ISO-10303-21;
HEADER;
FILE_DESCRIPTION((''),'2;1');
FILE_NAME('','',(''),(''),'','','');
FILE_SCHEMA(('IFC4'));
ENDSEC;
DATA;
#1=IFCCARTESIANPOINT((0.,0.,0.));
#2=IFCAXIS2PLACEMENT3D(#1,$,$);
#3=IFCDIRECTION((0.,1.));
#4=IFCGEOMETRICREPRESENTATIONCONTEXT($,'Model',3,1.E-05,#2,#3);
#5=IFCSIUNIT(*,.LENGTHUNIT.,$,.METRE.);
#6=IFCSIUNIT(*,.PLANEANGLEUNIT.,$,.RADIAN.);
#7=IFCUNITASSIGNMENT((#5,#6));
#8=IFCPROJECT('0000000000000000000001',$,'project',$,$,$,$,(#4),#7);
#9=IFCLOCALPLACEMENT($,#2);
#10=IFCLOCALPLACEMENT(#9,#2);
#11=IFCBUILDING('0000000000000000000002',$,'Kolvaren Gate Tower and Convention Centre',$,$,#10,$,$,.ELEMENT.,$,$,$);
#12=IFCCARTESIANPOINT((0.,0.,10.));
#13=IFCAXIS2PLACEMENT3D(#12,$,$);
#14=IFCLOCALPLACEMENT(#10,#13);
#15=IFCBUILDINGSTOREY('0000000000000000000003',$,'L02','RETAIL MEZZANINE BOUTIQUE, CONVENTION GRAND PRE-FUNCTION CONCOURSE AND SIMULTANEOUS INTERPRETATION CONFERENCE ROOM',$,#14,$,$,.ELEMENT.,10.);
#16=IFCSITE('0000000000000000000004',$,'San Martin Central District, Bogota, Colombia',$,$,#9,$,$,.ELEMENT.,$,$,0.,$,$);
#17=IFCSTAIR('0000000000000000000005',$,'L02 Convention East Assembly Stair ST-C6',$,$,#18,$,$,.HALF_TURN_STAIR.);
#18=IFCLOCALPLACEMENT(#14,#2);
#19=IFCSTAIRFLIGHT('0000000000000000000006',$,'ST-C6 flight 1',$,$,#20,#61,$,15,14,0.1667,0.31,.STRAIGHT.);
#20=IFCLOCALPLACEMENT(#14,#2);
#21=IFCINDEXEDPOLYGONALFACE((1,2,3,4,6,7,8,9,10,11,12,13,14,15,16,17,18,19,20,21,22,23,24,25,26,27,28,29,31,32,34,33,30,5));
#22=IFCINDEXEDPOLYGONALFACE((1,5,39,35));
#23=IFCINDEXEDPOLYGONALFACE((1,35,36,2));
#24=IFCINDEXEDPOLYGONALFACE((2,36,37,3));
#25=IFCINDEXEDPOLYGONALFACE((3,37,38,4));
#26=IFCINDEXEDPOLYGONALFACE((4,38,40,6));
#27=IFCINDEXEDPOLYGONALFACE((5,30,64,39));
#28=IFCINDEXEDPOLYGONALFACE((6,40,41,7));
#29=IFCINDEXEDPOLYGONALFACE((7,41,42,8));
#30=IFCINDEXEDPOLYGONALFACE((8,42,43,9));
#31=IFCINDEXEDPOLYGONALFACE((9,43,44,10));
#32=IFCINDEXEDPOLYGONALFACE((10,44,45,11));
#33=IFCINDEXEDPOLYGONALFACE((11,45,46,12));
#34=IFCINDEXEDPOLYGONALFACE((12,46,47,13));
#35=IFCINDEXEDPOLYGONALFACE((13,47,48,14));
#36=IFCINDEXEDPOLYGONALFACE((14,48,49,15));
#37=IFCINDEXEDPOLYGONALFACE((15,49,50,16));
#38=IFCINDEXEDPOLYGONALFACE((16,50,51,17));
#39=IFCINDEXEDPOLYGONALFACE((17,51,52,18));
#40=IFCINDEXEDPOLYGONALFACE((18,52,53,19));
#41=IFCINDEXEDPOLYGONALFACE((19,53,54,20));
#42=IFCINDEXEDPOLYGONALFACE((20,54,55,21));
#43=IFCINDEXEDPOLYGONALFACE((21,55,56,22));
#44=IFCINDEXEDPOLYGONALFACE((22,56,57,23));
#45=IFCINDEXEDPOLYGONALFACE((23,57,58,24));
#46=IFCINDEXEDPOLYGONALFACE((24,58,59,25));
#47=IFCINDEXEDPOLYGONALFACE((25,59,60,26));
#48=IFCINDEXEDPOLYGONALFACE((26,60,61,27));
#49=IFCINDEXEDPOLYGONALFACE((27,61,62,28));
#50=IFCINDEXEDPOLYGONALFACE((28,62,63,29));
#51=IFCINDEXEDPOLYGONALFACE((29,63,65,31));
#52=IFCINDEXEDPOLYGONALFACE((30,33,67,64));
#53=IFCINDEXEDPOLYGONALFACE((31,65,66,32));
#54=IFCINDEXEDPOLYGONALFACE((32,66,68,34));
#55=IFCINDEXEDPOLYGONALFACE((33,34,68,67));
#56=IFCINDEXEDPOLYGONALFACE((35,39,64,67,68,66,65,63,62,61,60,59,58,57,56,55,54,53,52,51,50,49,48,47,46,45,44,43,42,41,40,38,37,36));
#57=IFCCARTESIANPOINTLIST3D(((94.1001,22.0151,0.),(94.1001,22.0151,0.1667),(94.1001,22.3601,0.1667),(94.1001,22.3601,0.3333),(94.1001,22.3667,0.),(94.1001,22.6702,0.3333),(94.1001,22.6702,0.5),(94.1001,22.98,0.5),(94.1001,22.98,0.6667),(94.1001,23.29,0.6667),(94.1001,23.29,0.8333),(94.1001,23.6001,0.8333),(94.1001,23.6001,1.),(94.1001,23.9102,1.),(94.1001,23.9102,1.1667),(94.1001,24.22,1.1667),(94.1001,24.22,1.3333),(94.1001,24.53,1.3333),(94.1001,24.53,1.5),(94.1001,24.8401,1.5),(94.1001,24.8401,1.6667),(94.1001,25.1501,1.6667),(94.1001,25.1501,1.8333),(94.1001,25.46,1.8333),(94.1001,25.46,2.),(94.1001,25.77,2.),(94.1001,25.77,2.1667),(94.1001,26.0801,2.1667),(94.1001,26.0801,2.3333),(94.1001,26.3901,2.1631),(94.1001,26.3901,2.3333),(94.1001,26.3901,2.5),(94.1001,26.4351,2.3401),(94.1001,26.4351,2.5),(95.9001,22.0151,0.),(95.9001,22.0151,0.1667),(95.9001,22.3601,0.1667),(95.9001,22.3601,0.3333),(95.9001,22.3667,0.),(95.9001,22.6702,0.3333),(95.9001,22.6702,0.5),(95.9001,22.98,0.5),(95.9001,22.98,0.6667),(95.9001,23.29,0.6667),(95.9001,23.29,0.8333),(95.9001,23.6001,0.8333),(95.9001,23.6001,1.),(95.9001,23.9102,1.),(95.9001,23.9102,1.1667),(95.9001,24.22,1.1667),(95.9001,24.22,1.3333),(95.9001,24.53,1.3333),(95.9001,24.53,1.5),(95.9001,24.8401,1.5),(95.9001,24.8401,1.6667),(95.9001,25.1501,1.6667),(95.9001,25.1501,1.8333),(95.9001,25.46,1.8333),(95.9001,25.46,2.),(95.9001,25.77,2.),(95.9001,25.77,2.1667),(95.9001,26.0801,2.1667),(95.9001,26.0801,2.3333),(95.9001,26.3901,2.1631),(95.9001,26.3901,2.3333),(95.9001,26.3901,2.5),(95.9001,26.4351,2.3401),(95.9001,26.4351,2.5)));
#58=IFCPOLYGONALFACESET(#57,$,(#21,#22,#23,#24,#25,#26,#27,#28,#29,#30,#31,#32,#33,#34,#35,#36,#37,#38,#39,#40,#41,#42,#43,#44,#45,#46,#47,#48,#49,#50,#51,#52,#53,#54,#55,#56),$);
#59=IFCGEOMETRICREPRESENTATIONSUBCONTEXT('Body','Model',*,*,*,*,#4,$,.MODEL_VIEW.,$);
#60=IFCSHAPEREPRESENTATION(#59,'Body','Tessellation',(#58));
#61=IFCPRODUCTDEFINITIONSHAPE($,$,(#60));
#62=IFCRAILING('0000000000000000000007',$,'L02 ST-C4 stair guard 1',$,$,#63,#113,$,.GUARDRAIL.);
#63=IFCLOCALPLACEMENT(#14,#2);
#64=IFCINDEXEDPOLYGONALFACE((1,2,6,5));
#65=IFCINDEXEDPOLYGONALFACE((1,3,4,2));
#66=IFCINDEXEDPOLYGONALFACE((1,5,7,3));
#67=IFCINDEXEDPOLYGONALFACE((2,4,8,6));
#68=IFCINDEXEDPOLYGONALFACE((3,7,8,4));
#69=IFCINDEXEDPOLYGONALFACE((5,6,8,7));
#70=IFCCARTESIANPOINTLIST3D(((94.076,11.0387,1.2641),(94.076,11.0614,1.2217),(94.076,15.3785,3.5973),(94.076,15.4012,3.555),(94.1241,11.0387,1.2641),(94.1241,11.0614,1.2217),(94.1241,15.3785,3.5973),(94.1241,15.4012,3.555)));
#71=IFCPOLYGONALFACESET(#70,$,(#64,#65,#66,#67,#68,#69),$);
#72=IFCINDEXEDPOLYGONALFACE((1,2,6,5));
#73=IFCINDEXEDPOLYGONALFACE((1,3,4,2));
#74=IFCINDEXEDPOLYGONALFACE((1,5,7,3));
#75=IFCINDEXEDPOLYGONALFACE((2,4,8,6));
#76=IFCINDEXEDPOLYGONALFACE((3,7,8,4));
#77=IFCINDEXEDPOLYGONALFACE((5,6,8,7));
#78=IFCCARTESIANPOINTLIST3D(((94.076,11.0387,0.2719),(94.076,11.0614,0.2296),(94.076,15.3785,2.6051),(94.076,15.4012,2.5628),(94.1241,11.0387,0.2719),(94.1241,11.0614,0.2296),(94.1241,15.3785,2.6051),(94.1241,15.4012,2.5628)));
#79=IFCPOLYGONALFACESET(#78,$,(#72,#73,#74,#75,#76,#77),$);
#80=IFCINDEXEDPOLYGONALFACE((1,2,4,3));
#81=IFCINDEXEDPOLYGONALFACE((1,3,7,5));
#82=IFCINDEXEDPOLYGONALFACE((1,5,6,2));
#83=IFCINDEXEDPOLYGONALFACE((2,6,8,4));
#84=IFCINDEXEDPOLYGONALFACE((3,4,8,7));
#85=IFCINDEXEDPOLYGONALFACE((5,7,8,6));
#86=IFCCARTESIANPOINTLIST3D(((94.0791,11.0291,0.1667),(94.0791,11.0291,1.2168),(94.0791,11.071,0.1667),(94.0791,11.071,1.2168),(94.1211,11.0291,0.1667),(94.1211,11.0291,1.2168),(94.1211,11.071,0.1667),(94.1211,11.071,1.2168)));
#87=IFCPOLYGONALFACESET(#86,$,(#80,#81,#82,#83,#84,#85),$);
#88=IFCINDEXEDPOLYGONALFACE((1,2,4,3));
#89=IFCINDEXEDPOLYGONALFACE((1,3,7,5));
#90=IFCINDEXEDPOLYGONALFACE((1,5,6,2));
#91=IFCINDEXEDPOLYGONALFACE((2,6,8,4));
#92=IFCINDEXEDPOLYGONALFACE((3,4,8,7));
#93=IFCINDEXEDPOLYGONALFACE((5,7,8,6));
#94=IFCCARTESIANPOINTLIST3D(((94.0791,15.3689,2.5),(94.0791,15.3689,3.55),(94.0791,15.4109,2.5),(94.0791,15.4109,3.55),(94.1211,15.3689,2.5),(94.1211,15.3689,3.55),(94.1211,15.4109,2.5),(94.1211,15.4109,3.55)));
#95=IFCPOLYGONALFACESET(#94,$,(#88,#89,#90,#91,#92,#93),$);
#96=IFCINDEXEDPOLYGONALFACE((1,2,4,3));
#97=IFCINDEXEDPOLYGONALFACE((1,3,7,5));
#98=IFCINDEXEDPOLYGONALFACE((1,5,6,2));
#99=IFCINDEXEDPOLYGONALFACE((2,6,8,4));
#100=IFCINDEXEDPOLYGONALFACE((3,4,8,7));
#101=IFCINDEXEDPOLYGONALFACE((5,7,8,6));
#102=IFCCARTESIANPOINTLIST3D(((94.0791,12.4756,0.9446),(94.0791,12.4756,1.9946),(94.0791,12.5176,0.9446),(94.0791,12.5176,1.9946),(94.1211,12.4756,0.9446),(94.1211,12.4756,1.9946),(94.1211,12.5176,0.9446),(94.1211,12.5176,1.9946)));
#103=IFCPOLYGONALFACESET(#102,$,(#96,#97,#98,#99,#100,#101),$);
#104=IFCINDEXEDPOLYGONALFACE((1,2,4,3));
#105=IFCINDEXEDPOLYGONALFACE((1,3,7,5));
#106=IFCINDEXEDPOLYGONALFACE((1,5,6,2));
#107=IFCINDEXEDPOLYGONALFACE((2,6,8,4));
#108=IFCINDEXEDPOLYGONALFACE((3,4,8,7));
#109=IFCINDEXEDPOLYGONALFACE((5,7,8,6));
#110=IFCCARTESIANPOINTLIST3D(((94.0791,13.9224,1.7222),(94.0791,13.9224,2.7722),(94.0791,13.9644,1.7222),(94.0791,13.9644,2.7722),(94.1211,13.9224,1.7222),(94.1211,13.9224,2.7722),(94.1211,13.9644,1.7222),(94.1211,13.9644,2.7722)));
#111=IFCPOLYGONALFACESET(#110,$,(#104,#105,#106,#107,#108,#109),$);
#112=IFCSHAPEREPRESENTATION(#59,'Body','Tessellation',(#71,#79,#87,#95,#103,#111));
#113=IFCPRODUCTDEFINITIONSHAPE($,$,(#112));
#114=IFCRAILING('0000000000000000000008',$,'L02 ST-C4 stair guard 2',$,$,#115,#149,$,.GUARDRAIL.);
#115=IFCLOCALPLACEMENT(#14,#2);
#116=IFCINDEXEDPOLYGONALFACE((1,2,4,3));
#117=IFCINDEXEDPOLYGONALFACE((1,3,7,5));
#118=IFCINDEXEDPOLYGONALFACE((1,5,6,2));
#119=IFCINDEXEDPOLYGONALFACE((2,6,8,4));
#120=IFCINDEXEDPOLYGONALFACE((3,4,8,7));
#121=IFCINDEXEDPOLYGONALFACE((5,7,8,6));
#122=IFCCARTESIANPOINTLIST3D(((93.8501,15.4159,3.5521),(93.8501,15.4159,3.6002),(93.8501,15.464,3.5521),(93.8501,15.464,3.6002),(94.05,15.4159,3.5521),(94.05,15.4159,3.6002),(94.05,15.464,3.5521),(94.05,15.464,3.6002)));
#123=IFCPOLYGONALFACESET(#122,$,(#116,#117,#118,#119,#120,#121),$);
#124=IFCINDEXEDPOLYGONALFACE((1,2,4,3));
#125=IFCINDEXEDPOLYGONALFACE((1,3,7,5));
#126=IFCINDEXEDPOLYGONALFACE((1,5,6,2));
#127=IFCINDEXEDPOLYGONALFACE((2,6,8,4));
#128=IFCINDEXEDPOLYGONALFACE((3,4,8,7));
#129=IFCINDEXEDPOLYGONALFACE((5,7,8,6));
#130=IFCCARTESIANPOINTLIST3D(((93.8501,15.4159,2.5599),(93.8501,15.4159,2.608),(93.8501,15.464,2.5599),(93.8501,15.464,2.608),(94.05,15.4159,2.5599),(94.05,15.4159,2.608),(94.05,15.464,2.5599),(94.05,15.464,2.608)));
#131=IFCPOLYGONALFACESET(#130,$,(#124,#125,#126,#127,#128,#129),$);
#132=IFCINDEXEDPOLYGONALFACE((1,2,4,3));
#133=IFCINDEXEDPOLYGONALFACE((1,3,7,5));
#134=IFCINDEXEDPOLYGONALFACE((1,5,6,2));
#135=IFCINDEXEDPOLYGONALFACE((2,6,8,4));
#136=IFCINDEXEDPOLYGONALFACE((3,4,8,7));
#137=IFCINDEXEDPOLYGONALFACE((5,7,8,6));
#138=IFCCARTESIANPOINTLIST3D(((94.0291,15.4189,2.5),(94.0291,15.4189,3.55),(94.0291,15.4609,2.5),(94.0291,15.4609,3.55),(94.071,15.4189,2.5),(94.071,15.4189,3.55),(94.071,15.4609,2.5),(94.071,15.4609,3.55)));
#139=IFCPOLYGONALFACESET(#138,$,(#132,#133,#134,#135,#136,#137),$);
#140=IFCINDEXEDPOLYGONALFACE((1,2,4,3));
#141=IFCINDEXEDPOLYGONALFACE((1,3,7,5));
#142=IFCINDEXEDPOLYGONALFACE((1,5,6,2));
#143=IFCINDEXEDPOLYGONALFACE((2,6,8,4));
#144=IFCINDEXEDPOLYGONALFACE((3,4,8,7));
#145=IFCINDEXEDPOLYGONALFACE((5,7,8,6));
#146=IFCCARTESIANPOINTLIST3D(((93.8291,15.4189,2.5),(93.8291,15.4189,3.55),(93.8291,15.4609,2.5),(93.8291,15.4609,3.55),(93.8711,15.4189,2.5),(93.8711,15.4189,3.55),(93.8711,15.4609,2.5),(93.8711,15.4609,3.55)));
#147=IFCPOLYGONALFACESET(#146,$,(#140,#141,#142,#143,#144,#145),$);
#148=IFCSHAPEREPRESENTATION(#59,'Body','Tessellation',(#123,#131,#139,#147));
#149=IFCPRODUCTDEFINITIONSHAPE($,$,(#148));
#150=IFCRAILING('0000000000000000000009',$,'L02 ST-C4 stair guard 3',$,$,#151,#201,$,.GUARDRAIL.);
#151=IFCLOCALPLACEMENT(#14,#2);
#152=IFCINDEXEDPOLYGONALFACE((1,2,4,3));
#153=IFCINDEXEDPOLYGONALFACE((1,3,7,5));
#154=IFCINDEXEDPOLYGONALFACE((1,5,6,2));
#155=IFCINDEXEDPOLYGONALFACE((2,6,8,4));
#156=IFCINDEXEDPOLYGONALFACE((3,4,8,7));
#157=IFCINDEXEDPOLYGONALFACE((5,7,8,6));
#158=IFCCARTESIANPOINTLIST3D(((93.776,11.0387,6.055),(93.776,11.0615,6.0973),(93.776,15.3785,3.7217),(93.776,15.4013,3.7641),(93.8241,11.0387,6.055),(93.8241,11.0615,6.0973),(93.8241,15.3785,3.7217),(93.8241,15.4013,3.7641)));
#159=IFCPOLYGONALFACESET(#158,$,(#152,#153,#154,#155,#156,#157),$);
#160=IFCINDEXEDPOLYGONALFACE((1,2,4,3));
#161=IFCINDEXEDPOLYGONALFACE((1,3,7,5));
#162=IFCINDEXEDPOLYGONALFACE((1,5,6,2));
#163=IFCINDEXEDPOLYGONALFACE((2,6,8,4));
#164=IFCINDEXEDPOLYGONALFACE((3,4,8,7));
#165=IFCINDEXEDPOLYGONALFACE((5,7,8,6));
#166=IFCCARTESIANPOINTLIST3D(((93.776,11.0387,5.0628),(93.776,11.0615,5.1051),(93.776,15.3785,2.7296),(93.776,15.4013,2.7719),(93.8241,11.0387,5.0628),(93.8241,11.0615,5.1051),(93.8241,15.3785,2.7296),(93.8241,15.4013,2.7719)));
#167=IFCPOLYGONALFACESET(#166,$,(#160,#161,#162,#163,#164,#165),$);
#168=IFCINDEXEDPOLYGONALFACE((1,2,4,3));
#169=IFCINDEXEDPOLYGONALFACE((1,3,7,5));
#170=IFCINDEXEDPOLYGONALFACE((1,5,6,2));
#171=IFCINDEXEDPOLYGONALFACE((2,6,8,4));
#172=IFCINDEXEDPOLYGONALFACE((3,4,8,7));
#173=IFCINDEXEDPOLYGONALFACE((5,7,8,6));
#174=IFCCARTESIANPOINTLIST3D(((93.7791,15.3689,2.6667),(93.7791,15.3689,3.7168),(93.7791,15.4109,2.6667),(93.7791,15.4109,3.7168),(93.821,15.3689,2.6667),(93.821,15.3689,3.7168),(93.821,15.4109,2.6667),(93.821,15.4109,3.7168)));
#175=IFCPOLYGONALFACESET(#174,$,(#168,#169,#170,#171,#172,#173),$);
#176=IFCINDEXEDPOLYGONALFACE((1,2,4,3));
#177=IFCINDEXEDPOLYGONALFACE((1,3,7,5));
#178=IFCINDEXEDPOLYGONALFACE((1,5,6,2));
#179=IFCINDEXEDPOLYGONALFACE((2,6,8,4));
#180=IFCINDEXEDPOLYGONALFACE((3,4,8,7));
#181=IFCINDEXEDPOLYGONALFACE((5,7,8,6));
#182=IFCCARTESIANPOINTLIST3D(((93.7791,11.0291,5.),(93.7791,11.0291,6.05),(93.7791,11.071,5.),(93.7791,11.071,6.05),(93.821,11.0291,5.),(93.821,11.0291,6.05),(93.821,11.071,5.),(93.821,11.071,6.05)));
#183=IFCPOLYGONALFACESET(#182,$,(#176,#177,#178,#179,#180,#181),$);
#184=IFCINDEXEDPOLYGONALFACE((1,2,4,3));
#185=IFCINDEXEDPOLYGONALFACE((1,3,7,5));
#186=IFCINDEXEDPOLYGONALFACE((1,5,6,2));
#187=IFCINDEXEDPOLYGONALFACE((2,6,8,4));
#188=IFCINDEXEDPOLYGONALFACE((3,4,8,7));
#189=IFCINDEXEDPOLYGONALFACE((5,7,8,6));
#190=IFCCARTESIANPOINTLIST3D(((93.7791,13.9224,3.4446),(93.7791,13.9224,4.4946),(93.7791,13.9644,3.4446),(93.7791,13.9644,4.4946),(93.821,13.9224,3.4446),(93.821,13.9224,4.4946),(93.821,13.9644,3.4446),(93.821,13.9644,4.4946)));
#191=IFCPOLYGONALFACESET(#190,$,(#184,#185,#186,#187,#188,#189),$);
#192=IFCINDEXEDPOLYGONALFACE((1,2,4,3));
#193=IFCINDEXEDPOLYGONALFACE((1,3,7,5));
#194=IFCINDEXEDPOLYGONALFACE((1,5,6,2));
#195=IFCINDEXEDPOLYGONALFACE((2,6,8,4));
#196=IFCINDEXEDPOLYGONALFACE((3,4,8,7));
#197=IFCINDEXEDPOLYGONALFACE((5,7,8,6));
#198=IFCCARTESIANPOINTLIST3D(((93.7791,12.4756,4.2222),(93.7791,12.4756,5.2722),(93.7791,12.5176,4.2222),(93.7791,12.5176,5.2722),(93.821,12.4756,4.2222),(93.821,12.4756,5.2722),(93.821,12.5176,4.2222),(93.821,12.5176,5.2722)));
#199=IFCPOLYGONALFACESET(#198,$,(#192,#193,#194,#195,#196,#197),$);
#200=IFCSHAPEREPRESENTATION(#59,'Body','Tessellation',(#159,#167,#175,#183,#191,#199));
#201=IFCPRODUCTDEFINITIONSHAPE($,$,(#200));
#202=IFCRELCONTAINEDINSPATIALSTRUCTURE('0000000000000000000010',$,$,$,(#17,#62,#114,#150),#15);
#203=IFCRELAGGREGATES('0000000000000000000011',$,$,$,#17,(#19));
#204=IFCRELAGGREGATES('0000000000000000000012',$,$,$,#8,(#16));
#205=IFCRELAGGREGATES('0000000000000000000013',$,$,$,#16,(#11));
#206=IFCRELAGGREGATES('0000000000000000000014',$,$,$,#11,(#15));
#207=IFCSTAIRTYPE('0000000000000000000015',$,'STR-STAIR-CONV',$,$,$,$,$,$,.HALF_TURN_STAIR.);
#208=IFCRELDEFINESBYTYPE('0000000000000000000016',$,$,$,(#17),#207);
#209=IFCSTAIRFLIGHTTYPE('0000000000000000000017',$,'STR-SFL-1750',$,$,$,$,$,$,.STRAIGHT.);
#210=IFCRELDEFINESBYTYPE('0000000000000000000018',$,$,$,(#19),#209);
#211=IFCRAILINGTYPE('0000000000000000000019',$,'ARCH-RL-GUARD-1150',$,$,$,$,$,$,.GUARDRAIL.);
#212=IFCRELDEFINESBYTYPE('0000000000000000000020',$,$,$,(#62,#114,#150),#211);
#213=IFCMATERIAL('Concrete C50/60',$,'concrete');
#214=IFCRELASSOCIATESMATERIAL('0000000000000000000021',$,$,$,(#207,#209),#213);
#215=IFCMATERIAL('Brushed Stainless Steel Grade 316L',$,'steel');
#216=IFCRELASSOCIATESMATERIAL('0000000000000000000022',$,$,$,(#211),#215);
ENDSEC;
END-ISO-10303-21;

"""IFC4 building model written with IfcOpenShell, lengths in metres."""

from ifc_helpers import new_model, si_unit, direction, frame, origin, origin_2d, place, context, subcontext, project, spatial, polyline, rectangle, outline, extrude, material, type_object, element, aggregate, save


model = new_model("IFC4")

# Units and contexts
model_context = context("Model", 3, precision=1e-05, world=origin(), true_north=direction((0.0, 1.0)))
body_context = subcontext(model_context, "Body", "Model", "MODEL_VIEW")
ifc_project = project(units=[si_unit("LENGTHUNIT", "METRE"), si_unit("PLANEANGLEUNIT", "RADIAN")], contexts=[model_context])

# Site, building, storey
site_placement = place(None, origin())
site = spatial("IfcSite", under=ifc_project, at=site_placement, Name="San Martin Central District, Bogota, Colombia", CompositionType="ELEMENT", RefElevation=0.0)
building_placement = place(site_placement, origin())
building = spatial("IfcBuilding", under=site, at=building_placement, Name="Kolvaren Gate Tower and Convention Centre", CompositionType="ELEMENT")
storey_placement = place(building_placement, frame((0.0, 0.0, 10.0)))
storey = spatial("IfcBuildingStorey", under=building, at=storey_placement, Name="L02", Description="RETAIL MEZZANINE BOUTIQUE, CONVENTION GRAND PRE-FUNCTION CONCOURSE AND SIMULTANEOUS INTERPRETATION CONFERENCE ROOM", CompositionType="ELEMENT", Elevation=10.0)

# Shared definitions
ifc_material_1 = material(Name="Concrete C50/60", Category="concrete")

# Shared definitions
stair_type = type_object("IfcStairType", Name="STR-STAIR-CONV", PredefinedType="HALF_TURN_STAIR", material=ifc_material_1)
stair_flight_type = type_object("IfcStairFlightType", Name="STR-SFL-1750", PredefinedType="STRAIGHT", material=ifc_material_1)

# Stair, stair flight
stair_1_placement = place(storey_placement, origin())
stair_1 = element("IfcStair", 1, at=stair_1_placement, inside=storey, type_object=stair_type, Name="L02 Convention East Assembly Stair ST-C6", PredefinedType="HALF_TURN_STAIR")
stair_flight_1_placement = place(storey_placement, frame((95.0, 22.05, 0.0), z_axis=(0.0, 0.0, 1.0), x_axis=(0.0, 1.0, 0.0)))
stair_flight_1 = element("IfcStairFlight", 2, at=stair_flight_1_placement, type_object=stair_flight_type, Name="ST-C6 flight 1", NumberOfRisers=15, NumberOfTreads=14, PredefinedType="STRAIGHT", RiserHeight=0.1667, TreadLength=0.31, context=body_context, shape_type="SweptSolid", body=[
    extrude(outline(polyline([(-0.0349, 0.0), (-0.0349, 0.1667), (0.3101, 0.1667), (0.3101, 0.3333), (0.6201, 0.3333), (0.6201, 0.5), (0.9299, 0.5), (0.9299, 0.6667), (1.24, 0.6667), (1.24, 0.8333), (1.55, 0.8333), (1.55, 1.0), (1.8601, 1.0), (1.8601, 1.1667), (2.1699, 1.1667), (2.1699, 1.3333), (2.48, 1.3333), (2.48, 1.5), (2.79, 1.5), (2.79, 1.6667), (3.1001, 1.6667), (3.1001, 1.8333), (3.4099, 1.8333), (3.4099, 2.0), (3.72, 2.0), (3.72, 2.1667), (4.03, 2.1667), (4.03, 2.3333), (4.3401, 2.3333), (4.3401, 2.5), (4.385, 2.5), (4.385, 2.3401), (4.3401, 2.1631), (0.3167, 0.0), (-0.0349, 0.0)])), frame((0.0, 0.8999, 0.0), z_axis=(0.0, -1.0, 0.0), x_axis=(1.0, 0.0, 0.0)), (0.0, 0.0, 1.0), 1.8),
])
aggregate(stair_1, [stair_flight_1])

# Railings
ifc_material_2 = material(Name="Brushed Stainless Steel Grade 316L", Category="steel")
railing_type_1 = type_object("IfcRailingType", Name="ARCH-RL-GUARD-1150", PredefinedType="GUARDRAIL", material=ifc_material_2)
railing_1_placement = place(storey_placement, frame((94.1001, 11.05, 0.1667)))
element("IfcRailing", 3, at=railing_1_placement, inside=storey, type_object=railing_type_1, Name="L02 ST-C4 stair guard 1", PredefinedType="GUARDRAIL", context=body_context, shape_type="SweptSolid", body=[
    extrude(rectangle(XDim=0.0481, YDim=0.0481, at=origin_2d()), frame((0.0, 0.0, 1.0762), z_axis=(0.0, 0.880775, 0.473535), x_axis=(-1.0, 0.0, 0.0)), (0.0, 0.0, 1.0), 4.9272),
    extrude(rectangle(XDim=0.0481, YDim=0.0481, at=origin_2d()), frame((0.0, 0.0, 0.084), z_axis=(0.0, 0.880775, 0.473535), x_axis=(-1.0, 0.0, 0.0)), (0.0, 0.0, 1.0), 4.9272),
    extrude(rectangle(XDim=0.042, YDim=0.042, at=origin_2d()), origin(), (0.0, 0.0, 1.0), 1.05),
    extrude(rectangle(XDim=0.042, YDim=0.042, at=origin_2d()), frame((0.0, 4.3398, 2.3333)), (0.0, 0.0, 1.0), 1.05),
    extrude(rectangle(XDim=0.042, YDim=0.042, at=origin_2d()), frame((0.0, 1.4465, 0.7778)), (0.0, 0.0, 1.0), 1.05),
    extrude(rectangle(XDim=0.042, YDim=0.042, at=origin_2d()), frame((0.0, 2.8933, 1.5554)), (0.0, 0.0, 1.0), 1.05),
])
railing_2_placement = place(storey_placement, frame((94.05, 15.4399, 2.5)))
element("IfcRailing", 4, at=railing_2_placement, inside=storey, type_object=railing_type_1, Name="L02 ST-C4 stair guard 2", PredefinedType="GUARDRAIL", context=body_context, shape_type="SweptSolid", body=[
    extrude(rectangle(XDim=0.0481, YDim=0.0481, at=origin_2d()), frame((0.0, 0.0, 1.0762), z_axis=(-1.0, 0.0, 0.0), x_axis=(0.0, -1.0, 0.0)), (0.0, 0.0, 1.0), 0.2),
    extrude(rectangle(XDim=0.0481, YDim=0.0481, at=origin_2d()), frame((0.0, 0.0, 0.084), z_axis=(-1.0, 0.0, 0.0), x_axis=(0.0, -1.0, 0.0)), (0.0, 0.0, 1.0), 0.2),
    extrude(rectangle(XDim=0.042, YDim=0.042, at=origin_2d()), origin(), (0.0, 0.0, 1.0), 1.05),
    extrude(rectangle(XDim=0.042, YDim=0.042, at=origin_2d()), frame((-0.2, 0.0, 0.0)), (0.0, 0.0, 1.0), 1.05),
])
railing_3_placement = place(storey_placement, frame((93.8, 15.3899, 2.6667)))
element("IfcRailing", 5, at=railing_3_placement, inside=storey, type_object=railing_type_1, Name="L02 ST-C4 stair guard 3", PredefinedType="GUARDRAIL", context=body_context, shape_type="SweptSolid", body=[
    extrude(rectangle(XDim=0.0481, YDim=0.0481, at=origin_2d()), frame((0.0, 0.0, 1.0762), z_axis=(0.0, -0.880775, 0.473535), x_axis=(1.0, 0.0, 0.0)), (0.0, 0.0, 1.0), 4.9272),
    extrude(rectangle(XDim=0.0481, YDim=0.0481, at=origin_2d()), frame((0.0, 0.0, 0.084), z_axis=(0.0, -0.880775, 0.473535), x_axis=(1.0, 0.0, 0.0)), (0.0, 0.0, 1.0), 4.9272),
    extrude(rectangle(XDim=0.042, YDim=0.042, at=origin_2d()), origin(), (0.0, 0.0, 1.0), 1.05),
    extrude(rectangle(XDim=0.042, YDim=0.042, at=origin_2d()), frame((0.0, -4.3398, 2.3333)), (0.0, 0.0, 1.0), 1.05),
    extrude(rectangle(XDim=0.042, YDim=0.042, at=origin_2d()), frame((0.0, -1.4465, 0.7778)), (0.0, 0.0, 1.0), 1.05),
    extrude(rectangle(XDim=0.042, YDim=0.042, at=origin_2d()), frame((0.0, -2.8933, 1.5554)), (0.0, 0.0, 1.0), 1.05),
])

save(model, "model.ifc")
